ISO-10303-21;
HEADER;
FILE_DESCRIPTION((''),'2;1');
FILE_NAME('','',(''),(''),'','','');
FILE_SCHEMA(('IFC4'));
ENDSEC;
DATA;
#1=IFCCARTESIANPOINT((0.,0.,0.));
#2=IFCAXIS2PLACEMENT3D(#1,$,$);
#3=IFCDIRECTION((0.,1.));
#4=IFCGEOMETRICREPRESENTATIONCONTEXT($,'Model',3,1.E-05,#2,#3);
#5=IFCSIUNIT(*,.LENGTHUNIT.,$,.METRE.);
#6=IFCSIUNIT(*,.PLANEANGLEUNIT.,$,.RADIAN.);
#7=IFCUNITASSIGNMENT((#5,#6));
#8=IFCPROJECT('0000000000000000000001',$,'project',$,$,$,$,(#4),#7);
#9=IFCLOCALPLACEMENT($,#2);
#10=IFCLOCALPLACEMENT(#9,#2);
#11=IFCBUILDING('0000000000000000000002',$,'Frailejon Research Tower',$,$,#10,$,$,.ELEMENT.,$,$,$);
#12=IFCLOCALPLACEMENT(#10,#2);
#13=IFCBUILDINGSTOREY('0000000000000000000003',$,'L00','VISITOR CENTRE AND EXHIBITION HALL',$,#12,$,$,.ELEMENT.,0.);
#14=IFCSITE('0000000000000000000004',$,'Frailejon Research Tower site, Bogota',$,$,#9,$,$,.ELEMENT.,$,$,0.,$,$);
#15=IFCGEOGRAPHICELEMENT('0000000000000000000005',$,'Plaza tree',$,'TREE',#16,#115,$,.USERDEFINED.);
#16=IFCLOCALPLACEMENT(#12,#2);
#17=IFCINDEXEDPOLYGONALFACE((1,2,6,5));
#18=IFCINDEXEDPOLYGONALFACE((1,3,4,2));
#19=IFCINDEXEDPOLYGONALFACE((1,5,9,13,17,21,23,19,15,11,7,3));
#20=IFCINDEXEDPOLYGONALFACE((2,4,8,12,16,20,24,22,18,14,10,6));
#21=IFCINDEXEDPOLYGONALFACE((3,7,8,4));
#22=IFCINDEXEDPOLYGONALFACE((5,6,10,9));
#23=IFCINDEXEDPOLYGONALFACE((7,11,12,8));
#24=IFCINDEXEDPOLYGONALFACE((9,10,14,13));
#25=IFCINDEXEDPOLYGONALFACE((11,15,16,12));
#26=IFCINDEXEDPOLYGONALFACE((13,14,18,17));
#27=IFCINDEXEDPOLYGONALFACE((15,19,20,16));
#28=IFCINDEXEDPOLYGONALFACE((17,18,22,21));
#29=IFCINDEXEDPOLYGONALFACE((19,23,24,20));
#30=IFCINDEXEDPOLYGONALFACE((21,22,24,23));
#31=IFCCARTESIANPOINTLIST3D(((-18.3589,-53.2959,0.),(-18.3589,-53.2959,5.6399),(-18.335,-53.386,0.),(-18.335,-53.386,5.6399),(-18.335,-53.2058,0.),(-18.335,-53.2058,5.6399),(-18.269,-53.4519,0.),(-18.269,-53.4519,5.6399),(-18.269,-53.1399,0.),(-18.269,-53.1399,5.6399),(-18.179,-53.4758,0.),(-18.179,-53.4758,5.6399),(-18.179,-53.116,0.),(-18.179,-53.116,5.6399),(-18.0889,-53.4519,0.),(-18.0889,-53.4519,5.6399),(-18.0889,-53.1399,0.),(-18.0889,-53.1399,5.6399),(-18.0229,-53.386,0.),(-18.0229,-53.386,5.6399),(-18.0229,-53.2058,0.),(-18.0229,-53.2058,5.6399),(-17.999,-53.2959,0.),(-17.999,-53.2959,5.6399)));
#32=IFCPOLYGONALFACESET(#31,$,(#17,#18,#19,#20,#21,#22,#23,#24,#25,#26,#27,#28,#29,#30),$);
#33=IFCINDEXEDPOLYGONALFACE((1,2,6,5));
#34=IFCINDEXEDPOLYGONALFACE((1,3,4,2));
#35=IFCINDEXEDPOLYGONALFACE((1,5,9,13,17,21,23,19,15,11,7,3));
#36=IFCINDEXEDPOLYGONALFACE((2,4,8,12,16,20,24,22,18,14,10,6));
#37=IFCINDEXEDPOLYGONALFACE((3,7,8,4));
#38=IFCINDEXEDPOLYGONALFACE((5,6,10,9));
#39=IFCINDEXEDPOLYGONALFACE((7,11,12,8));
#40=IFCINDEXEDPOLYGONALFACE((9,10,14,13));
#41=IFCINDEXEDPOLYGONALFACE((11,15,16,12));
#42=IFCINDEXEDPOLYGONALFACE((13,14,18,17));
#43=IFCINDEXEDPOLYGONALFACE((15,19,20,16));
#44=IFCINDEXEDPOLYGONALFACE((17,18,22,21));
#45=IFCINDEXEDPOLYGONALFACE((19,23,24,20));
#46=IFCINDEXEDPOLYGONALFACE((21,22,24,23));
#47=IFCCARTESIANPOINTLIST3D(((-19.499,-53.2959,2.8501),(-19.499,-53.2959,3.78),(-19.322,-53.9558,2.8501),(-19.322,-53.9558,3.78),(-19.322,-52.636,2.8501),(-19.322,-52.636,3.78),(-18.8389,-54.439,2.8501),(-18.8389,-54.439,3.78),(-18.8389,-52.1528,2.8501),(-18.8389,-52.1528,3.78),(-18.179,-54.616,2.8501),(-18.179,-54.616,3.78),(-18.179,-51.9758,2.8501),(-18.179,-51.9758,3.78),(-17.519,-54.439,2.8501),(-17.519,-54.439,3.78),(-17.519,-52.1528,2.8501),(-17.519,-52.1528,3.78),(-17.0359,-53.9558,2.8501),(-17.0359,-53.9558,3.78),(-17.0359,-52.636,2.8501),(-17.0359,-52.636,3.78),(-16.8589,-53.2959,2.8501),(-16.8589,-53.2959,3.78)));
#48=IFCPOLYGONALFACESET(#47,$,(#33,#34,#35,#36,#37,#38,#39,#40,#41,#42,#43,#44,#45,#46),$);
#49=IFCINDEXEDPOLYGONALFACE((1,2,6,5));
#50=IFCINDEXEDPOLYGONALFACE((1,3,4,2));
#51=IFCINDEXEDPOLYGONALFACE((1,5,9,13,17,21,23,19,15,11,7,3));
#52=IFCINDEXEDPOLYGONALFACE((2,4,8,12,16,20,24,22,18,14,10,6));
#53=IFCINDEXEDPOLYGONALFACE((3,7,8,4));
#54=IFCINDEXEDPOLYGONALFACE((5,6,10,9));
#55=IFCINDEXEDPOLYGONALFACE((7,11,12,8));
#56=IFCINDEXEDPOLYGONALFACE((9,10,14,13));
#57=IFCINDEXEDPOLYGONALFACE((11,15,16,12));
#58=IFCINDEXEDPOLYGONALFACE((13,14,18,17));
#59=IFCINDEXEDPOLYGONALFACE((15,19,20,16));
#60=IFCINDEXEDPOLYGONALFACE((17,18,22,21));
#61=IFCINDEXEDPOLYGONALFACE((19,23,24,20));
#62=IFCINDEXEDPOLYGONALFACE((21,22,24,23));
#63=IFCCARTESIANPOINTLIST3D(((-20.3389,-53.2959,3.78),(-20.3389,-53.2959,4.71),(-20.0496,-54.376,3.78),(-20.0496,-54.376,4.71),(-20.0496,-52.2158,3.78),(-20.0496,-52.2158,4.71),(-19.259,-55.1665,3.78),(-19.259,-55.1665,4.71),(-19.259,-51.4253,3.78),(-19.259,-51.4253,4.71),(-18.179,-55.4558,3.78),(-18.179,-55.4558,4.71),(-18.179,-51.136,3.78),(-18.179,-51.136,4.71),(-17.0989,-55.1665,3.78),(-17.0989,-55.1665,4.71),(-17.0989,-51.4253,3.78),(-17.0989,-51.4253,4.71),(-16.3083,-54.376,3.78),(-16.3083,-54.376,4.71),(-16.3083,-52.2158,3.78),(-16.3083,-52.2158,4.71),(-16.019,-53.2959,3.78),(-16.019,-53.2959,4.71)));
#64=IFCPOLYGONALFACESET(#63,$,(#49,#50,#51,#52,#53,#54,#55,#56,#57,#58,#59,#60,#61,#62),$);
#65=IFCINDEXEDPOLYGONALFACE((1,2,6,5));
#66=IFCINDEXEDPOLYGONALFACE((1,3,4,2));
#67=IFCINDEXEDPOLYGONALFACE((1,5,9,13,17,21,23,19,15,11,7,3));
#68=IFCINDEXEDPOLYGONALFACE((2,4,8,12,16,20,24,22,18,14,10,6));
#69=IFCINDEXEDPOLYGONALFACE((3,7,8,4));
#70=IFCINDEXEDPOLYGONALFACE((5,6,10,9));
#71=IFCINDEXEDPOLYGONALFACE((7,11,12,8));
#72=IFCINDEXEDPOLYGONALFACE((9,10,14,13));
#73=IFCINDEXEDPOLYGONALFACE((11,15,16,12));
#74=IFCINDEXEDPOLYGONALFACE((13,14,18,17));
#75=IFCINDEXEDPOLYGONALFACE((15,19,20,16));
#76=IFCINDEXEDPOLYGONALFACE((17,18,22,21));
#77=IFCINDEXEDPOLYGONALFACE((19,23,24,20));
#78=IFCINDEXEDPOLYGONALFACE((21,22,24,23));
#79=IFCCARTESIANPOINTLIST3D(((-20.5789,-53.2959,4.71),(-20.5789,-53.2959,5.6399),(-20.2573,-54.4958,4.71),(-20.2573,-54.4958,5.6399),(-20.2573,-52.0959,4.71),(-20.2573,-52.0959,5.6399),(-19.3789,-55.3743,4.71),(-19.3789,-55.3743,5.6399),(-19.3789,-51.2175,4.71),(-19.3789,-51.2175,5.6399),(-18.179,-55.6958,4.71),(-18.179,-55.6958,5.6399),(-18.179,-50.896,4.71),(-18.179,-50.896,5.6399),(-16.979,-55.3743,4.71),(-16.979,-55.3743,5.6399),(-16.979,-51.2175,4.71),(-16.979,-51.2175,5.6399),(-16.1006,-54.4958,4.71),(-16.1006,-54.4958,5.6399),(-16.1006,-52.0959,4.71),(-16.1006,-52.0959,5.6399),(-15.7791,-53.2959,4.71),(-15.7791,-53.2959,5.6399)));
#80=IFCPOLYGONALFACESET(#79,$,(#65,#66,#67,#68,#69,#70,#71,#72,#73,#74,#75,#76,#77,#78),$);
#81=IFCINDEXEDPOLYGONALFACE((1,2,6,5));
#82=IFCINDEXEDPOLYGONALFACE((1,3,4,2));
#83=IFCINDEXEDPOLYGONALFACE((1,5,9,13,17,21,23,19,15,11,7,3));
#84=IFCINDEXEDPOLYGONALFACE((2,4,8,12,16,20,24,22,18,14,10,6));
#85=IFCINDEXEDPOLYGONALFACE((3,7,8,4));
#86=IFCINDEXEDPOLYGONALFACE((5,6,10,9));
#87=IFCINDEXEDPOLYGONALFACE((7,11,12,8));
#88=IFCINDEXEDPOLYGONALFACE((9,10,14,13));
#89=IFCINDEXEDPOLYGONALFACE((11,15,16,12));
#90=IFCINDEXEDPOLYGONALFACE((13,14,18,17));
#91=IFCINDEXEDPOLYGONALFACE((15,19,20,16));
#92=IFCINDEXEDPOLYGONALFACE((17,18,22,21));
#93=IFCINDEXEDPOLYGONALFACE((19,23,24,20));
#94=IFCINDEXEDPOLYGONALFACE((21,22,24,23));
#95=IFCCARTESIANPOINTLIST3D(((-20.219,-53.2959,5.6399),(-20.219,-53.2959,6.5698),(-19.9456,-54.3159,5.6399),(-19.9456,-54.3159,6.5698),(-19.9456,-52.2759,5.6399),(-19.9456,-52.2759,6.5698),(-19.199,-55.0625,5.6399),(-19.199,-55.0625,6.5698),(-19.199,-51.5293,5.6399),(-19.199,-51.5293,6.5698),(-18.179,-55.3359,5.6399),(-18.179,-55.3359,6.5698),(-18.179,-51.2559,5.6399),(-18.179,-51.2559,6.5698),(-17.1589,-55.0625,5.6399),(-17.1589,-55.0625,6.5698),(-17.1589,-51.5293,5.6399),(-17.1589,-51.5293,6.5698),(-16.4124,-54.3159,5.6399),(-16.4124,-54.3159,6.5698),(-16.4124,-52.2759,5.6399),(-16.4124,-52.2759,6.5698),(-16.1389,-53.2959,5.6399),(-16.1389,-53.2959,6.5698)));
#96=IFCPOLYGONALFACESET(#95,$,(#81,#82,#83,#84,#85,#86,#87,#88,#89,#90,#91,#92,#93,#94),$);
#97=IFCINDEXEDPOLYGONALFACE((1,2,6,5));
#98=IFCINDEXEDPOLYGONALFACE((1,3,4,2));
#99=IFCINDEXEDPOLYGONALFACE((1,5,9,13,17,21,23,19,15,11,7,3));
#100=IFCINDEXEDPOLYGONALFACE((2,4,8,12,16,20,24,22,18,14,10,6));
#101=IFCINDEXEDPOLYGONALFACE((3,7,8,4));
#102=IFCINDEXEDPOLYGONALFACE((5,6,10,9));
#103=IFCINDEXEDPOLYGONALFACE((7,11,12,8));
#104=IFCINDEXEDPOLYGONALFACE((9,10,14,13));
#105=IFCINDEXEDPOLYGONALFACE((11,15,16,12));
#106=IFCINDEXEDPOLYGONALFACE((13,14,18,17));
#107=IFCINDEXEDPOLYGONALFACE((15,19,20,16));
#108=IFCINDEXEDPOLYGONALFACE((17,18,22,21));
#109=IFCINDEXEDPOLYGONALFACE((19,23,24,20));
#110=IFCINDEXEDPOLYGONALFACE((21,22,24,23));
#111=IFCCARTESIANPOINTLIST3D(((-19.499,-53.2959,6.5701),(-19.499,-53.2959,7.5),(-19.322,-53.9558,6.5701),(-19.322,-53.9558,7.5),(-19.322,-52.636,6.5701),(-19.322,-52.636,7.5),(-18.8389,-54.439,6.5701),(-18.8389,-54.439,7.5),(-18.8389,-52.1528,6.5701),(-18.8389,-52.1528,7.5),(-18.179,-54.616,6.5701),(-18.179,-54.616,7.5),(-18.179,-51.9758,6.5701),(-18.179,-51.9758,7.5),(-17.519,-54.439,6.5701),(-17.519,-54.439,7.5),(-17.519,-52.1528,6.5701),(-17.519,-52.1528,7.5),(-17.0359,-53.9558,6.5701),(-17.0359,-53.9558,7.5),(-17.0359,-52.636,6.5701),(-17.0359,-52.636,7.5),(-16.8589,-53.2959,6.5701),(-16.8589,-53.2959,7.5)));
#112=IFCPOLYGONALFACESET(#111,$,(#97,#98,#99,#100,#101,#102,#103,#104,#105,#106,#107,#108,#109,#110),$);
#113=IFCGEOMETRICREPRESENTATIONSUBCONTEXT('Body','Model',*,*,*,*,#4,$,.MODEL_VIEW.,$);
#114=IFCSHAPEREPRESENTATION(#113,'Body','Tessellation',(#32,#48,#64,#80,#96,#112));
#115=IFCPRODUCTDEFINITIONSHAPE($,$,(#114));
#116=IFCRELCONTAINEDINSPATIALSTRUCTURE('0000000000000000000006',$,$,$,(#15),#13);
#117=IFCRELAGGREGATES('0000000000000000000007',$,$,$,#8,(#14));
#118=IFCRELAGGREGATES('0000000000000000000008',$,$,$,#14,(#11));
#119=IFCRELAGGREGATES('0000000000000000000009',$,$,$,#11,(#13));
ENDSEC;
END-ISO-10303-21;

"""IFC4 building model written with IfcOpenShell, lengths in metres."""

from ifc_helpers import new_model, si_unit, direction, frame, origin, place, context, subcontext, project, spatial, polyline, outline, extrude, element, save


model = new_model("IFC4")

# Units and contexts
model_context = context("Model", 3, precision=1e-05, world=origin(), true_north=direction((0.0, 1.0)))
body_context = subcontext(model_context, "Body", "Model", "MODEL_VIEW")
ifc_project = project(units=[si_unit("LENGTHUNIT", "METRE"), si_unit("PLANEANGLEUNIT", "RADIAN")], contexts=[model_context])

# Site, building, storey
site_placement = place(None, origin())
site = spatial("IfcSite", under=ifc_project, at=site_placement, Name="Frailejon Research Tower site, Bogota", CompositionType="ELEMENT", RefElevation=0.0)
building_placement = place(site_placement, origin())
building = spatial("IfcBuilding", under=site, at=building_placement, Name="Frailejon Research Tower", CompositionType="ELEMENT")
storey_placement = place(building_placement, origin())
storey = spatial("IfcBuildingStorey", under=building, at=storey_placement, Name="L00", Description="VISITOR CENTRE AND EXHIBITION HALL", CompositionType="ELEMENT", Elevation=0.0)

# Geographic element
geographic_element_1_placement = place(storey_placement, frame((-18.179, -53.2959, 0.0)))
element("IfcGeographicElement", 1, at=geographic_element_1_placement, inside=storey, Name="Plaza tree", ObjectType="TREE", PredefinedType="USERDEFINED", context=body_context, shape_type="SweptSolid", body=[
    extrude(outline(polyline([(0.1799, 0.0), (0.156, 0.0901), (0.0901, 0.156), (0.0, 0.1799), (-0.0901, 0.156), (-0.156, 0.0901), (-0.1799, 0.0), (-0.156, -0.0901), (-0.0901, -0.156), (0.0, -0.1799), (0.0901, -0.156), (0.156, -0.0901), (0.1799, 0.0)])), origin(), (0.0, 0.0, 1.0), 5.6399),
    extrude(outline(polyline([(1.3201, 0.0), (1.1431, 0.6599), (0.6599, 1.1431), (0.0, 1.3201), (-0.6599, 1.1431), (-1.1431, 0.6599), (-1.3201, 0.0), (-1.1431, -0.6599), (-0.6599, -1.1431), (0.0, -1.3201), (0.6599, -1.1431), (1.1431, -0.6599), (1.3201, 0.0)])), frame((0.0, 0.0, 2.8501)), (0.0, 0.0, 1.0), 0.9299),
    extrude(outline(polyline([(2.1599, 0.0), (1.8706, 1.0801), (1.0801, 1.8706), (0.0, 2.1599), (-1.0801, 1.8706), (-1.8706, 1.0801), (-2.1599, 0.0), (-1.8706, -1.0801), (-1.0801, -1.8706), (0.0, -2.1599), (1.0801, -1.8706), (1.8706, -1.0801), (2.1599, 0.0)])), frame((0.0, 0.0, 3.78)), (0.0, 0.0, 1.0), 0.9299),
    extrude(outline(polyline([(2.3999, 0.0), (2.0784, 1.2), (1.2, 2.0784), (0.0, 2.3999), (-1.2, 2.0784), (-2.0784, 1.2), (-2.3999, 0.0), (-2.0784, -1.2), (-1.2, -2.0784), (0.0, -2.3999), (1.2, -2.0784), (2.0784, -1.2), (2.3999, 0.0)])), frame((0.0, 0.0, 4.71)), (0.0, 0.0, 1.0), 0.9299),
    extrude(outline(polyline([(2.04, 0.0), (1.7666, 1.02), (1.02, 1.7666), (0.0, 2.04), (-1.02, 1.7666), (-1.7666, 1.02), (-2.04, 0.0), (-1.7666, -1.02), (-1.02, -1.7666), (0.0, -2.04), (1.02, -1.7666), (1.7666, -1.02), (2.04, 0.0)])), frame((0.0, 0.0, 5.6399)), (0.0, 0.0, 1.0), 0.9299),
    extrude(outline(polyline([(1.3201, 0.0), (1.1431, 0.6599), (0.6599, 1.1431), (0.0, 1.3201), (-0.6599, 1.1431), (-1.1431, 0.6599), (-1.3201, 0.0), (-1.1431, -0.6599), (-0.6599, -1.1431), (0.0, -1.3201), (0.6599, -1.1431), (1.1431, -0.6599), (1.3201, 0.0)])), frame((0.0, 0.0, 6.5701)), (0.0, 0.0, 1.0), 0.9299),
])

save(model, "model.ifc")
